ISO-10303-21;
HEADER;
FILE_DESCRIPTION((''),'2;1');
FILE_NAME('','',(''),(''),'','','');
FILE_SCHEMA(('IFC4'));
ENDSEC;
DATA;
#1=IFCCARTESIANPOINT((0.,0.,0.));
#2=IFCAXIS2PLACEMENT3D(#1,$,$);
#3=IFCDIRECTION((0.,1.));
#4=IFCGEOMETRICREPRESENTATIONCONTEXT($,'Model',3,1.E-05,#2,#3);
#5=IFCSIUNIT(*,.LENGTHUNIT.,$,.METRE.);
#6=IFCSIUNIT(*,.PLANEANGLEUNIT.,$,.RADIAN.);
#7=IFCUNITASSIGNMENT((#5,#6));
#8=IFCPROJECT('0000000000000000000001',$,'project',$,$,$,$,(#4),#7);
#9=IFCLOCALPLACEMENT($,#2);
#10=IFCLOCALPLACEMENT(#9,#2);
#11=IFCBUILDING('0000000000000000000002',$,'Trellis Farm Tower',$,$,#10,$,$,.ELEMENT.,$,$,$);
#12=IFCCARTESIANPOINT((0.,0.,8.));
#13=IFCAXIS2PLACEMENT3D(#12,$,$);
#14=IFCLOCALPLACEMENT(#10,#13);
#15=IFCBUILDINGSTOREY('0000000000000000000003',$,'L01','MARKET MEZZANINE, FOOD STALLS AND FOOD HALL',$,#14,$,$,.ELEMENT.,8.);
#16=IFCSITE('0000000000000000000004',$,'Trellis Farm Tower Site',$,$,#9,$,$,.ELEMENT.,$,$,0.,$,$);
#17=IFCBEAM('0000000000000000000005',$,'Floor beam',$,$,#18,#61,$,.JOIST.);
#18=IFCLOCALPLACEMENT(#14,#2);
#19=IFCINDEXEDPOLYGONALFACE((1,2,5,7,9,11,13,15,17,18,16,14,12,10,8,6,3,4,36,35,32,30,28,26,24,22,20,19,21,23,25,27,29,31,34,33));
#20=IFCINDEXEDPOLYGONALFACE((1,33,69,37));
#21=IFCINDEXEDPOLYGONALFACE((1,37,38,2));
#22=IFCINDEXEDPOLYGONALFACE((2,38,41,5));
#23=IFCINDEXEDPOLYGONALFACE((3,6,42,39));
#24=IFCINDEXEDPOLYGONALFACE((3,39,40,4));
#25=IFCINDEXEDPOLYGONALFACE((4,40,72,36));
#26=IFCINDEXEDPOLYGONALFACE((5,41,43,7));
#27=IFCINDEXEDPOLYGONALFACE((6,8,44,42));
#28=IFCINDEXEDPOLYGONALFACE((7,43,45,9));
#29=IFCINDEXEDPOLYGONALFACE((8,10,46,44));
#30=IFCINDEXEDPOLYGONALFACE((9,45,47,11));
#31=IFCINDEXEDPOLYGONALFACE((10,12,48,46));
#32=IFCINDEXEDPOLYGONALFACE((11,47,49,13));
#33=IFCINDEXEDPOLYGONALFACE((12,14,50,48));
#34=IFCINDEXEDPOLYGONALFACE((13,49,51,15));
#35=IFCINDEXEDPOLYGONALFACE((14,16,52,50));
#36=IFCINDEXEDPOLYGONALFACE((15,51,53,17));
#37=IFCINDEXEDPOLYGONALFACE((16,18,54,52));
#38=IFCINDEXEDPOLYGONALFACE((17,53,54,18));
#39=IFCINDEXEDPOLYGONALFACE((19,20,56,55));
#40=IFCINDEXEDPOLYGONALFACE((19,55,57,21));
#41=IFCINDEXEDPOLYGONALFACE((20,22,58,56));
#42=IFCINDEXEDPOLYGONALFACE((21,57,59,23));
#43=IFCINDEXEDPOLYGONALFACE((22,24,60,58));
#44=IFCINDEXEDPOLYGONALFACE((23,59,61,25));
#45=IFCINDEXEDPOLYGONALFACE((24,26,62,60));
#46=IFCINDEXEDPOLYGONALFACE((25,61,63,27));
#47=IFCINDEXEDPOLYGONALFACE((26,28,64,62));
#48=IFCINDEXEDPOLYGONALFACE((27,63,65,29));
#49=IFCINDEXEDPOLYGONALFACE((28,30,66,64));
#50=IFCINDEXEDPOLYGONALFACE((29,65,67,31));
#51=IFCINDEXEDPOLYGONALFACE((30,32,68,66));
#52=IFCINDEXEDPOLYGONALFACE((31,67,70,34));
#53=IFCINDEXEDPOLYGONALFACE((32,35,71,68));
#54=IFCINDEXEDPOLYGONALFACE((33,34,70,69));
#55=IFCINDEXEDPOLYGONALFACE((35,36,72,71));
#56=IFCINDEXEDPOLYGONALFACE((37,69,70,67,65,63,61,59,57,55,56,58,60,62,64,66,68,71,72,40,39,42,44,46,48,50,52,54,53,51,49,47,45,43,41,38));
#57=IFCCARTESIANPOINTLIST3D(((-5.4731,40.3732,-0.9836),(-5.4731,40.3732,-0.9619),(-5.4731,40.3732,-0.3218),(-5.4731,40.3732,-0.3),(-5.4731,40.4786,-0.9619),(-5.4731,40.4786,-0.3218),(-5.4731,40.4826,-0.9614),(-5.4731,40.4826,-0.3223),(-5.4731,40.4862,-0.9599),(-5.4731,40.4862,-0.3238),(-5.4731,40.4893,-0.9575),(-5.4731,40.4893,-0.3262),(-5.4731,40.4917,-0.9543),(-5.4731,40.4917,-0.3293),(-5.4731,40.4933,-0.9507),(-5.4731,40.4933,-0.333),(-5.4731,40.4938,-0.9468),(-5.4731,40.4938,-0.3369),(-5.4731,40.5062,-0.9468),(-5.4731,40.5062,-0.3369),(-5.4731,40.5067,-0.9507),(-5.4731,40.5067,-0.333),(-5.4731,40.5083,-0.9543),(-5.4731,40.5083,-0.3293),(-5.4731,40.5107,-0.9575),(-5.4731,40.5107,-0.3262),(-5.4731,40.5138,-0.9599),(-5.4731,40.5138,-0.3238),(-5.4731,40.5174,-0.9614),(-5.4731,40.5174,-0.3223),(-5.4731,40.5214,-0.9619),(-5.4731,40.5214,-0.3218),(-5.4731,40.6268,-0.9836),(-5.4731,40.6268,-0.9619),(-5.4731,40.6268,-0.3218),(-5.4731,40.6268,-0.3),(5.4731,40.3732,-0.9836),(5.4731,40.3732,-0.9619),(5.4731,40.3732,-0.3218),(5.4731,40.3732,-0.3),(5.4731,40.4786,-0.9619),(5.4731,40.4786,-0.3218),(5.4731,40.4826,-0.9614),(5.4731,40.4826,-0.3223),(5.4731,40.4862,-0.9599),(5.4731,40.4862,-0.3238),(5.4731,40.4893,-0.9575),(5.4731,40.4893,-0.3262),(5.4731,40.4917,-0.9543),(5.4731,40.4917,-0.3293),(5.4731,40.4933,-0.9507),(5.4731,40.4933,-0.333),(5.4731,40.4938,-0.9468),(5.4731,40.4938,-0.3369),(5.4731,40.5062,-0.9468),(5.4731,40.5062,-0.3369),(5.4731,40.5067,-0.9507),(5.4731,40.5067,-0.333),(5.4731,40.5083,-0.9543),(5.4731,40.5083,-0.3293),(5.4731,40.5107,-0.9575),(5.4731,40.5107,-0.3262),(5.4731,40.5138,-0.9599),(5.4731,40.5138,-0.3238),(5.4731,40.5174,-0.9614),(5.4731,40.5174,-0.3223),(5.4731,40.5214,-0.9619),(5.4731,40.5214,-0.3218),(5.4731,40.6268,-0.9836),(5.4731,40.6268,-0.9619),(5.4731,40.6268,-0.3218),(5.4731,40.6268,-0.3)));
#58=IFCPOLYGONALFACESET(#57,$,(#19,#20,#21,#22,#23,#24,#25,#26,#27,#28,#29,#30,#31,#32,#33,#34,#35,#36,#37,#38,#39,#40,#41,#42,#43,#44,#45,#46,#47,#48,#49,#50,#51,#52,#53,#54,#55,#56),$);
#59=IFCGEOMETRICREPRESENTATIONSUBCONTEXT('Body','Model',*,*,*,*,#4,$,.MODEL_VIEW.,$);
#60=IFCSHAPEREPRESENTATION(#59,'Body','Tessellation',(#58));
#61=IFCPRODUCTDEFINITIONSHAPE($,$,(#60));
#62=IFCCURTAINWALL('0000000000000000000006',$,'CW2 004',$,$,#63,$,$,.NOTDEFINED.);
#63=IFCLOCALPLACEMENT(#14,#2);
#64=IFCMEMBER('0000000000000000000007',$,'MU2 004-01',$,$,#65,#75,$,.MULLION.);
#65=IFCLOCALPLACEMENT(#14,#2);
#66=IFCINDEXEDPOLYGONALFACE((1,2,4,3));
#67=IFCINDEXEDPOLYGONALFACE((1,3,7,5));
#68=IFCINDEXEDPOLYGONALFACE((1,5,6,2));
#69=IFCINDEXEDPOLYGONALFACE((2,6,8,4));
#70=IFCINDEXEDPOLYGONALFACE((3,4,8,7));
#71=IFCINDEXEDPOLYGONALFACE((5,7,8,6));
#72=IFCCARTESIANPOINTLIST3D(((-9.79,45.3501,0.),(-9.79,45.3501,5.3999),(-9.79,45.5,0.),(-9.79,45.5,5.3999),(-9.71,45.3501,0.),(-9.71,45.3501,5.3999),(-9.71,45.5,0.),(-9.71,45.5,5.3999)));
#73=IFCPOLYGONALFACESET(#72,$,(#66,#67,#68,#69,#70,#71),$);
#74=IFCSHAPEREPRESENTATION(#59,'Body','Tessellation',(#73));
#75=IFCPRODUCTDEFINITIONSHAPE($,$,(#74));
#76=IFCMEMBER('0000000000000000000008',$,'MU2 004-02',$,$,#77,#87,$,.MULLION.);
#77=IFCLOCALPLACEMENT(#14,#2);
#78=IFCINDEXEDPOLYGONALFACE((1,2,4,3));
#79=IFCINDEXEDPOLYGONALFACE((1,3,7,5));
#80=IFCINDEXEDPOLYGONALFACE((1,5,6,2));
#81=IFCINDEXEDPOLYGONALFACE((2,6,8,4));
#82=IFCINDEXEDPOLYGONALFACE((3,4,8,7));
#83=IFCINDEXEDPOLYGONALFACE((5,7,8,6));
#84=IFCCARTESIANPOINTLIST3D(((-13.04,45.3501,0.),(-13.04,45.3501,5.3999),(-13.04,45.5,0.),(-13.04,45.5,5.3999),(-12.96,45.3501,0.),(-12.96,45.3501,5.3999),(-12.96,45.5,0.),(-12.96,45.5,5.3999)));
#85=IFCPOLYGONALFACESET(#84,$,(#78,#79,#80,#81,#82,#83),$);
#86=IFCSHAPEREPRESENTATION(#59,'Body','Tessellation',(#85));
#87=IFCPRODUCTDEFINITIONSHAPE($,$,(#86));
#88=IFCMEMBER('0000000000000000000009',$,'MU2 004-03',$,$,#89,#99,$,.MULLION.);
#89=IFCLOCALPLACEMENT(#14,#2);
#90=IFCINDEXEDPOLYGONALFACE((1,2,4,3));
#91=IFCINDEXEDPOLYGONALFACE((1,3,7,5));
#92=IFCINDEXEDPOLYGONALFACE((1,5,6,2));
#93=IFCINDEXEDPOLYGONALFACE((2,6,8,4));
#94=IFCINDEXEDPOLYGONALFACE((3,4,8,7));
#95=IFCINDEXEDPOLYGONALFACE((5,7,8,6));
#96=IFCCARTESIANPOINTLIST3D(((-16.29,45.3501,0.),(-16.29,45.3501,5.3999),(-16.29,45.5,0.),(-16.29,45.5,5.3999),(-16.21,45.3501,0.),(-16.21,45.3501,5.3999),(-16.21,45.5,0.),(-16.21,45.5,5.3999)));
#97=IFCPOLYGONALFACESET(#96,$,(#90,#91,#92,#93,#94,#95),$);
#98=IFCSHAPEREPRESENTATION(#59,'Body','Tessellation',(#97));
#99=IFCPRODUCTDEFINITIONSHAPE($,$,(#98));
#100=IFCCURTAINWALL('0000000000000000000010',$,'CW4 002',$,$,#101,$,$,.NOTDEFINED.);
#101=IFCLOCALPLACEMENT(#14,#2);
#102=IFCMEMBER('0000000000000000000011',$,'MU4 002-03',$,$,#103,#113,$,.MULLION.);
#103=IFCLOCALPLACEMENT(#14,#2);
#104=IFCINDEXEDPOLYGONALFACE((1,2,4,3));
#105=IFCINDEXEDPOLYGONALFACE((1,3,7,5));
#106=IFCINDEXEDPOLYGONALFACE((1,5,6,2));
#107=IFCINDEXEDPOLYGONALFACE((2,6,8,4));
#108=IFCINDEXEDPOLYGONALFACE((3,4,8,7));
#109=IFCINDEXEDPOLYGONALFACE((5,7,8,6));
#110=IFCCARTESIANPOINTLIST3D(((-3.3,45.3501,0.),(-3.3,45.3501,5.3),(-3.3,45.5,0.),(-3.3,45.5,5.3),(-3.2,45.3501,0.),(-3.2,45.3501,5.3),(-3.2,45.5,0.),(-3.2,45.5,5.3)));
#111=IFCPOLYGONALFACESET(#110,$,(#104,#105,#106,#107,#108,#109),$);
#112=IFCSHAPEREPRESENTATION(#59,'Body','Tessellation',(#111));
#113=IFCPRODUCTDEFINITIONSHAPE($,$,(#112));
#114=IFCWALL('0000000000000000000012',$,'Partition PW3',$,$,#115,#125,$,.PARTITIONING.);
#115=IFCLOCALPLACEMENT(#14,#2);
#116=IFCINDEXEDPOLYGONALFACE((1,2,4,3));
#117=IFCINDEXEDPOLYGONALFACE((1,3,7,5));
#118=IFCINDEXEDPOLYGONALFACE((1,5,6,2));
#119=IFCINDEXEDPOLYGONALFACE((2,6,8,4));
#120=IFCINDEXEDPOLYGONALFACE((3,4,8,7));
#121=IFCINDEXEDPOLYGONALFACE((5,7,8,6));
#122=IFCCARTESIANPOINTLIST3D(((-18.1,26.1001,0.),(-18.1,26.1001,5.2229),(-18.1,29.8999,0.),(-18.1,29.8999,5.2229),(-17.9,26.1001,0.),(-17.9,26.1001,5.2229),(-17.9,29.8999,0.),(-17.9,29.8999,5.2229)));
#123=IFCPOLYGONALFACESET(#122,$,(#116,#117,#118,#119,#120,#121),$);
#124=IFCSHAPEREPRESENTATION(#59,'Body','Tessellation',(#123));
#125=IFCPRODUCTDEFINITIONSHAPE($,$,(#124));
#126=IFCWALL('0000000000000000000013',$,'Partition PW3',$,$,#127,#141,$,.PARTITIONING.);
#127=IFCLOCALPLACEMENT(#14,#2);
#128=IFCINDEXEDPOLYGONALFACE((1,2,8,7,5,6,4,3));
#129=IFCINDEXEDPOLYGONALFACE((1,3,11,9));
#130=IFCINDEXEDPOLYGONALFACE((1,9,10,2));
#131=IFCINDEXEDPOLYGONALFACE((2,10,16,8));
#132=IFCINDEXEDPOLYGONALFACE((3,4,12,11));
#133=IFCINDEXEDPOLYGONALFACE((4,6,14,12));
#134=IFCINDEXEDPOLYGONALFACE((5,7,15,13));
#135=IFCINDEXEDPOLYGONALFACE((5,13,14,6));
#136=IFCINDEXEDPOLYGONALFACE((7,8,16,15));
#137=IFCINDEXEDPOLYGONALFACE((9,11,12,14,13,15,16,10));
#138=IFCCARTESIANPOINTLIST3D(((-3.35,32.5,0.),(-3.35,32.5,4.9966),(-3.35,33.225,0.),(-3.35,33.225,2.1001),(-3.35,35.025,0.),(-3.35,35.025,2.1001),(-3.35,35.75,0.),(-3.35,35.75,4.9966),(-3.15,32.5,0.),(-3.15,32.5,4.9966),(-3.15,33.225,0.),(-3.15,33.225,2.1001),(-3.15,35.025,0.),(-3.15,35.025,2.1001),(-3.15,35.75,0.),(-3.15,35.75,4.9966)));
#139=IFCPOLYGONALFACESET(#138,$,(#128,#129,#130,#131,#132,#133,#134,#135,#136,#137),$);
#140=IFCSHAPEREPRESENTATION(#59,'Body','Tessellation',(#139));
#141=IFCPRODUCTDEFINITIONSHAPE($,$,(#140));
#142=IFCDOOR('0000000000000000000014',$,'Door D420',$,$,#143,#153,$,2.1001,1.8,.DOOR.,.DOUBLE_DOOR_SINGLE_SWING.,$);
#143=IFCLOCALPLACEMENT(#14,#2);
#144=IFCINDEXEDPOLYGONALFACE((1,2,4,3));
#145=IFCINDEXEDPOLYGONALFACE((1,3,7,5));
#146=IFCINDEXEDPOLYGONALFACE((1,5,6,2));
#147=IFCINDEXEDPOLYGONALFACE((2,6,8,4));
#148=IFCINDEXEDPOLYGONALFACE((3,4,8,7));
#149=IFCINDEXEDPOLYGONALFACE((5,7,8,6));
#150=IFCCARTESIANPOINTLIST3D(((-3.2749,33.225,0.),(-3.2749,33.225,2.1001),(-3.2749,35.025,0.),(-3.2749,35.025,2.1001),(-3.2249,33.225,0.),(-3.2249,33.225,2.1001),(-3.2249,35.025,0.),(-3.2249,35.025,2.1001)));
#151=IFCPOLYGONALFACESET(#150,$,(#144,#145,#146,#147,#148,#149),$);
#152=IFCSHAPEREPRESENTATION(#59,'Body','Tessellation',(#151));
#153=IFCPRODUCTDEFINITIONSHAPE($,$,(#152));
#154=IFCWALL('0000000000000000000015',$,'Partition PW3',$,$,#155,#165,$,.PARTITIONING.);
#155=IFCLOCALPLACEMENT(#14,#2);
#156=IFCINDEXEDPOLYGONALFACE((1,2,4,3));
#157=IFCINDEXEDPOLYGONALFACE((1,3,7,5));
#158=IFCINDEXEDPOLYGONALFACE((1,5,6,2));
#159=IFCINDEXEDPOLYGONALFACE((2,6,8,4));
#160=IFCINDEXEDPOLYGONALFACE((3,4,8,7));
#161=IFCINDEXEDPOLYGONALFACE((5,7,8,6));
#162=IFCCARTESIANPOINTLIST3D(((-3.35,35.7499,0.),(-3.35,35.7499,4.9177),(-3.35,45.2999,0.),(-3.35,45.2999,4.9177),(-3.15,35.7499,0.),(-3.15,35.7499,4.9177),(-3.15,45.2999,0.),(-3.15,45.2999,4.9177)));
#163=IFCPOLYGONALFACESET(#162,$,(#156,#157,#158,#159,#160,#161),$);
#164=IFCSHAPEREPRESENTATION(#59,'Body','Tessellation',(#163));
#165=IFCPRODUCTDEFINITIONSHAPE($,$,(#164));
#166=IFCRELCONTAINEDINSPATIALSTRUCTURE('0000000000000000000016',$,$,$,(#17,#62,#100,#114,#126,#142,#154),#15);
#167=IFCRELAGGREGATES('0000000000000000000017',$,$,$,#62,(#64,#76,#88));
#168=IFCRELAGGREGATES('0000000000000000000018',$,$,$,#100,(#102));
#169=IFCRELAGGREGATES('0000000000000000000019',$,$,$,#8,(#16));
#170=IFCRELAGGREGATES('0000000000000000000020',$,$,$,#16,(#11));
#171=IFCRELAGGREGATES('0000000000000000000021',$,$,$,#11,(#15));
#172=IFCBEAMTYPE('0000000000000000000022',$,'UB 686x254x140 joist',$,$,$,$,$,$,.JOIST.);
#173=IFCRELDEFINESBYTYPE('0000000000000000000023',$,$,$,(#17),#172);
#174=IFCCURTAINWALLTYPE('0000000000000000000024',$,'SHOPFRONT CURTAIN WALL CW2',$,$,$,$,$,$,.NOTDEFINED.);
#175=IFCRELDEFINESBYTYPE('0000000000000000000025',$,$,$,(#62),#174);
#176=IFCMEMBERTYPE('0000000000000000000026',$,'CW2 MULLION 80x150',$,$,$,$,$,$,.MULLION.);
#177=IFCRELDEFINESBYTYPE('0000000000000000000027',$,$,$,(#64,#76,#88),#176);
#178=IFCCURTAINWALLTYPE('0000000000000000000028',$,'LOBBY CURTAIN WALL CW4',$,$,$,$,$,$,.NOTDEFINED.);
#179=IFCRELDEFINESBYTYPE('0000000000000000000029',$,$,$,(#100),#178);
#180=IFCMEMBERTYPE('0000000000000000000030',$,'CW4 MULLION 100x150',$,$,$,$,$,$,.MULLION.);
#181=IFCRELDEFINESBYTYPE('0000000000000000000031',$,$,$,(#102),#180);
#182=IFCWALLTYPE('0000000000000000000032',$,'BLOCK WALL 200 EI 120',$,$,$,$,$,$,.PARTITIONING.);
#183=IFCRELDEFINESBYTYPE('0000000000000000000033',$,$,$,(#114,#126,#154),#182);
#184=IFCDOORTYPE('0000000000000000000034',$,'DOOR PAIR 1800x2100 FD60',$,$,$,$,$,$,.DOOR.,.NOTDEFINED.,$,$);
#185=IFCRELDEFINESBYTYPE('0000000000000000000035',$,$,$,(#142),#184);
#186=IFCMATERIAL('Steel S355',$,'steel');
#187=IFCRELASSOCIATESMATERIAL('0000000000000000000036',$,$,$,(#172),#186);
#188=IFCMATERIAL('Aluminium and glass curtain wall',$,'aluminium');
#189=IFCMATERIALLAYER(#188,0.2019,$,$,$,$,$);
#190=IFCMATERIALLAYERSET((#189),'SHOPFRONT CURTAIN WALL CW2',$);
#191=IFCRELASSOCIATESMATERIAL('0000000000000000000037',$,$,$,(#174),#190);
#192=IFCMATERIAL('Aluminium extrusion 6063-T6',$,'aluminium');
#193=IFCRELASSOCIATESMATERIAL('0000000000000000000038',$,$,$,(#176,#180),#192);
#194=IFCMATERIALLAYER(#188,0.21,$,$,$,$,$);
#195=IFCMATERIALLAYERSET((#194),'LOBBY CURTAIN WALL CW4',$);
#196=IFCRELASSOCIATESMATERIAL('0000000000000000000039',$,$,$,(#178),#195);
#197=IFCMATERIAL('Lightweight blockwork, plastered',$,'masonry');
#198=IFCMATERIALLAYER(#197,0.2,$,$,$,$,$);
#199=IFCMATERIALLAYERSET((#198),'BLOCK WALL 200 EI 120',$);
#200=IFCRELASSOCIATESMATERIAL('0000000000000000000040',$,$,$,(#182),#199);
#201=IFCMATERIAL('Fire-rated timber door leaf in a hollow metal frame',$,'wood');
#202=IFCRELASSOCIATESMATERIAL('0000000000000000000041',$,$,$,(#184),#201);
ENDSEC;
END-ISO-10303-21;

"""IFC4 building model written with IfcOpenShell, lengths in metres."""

from ifc_helpers import new_model, si_unit, direction, frame, frame_2d, origin, origin_2d, place, context, subcontext, project, spatial, rectangle, i_section, extrude, source, transform, mapped, material, layer, layer_set, material_profile, profile_set, type_object, element, fill, aggregate, save


model = new_model("IFC4")

# Units and contexts
model_context = context("Model", 3, precision=1e-05, world=origin(), true_north=direction((0.0, 1.0)))
body_context = subcontext(model_context, "Body", "Model", "MODEL_VIEW")
ifc_project = project(units=[si_unit("LENGTHUNIT", "METRE"), si_unit("PLANEANGLEUNIT", "RADIAN")], contexts=[model_context])

# Site, building, storey
site_placement = place(None, origin())
site = spatial("IfcSite", under=ifc_project, at=site_placement, Name="Trellis Farm Tower Site", CompositionType="ELEMENT", RefElevation=0.0)
building_placement = place(site_placement, origin())
building = spatial("IfcBuilding", under=site, at=building_placement, Name="Trellis Farm Tower", CompositionType="ELEMENT")
storey_placement = place(building_placement, frame((0.0, 0.0, 8.0)))
storey = spatial("IfcBuildingStorey", under=building, at=storey_placement, Name="L01", Description="MARKET MEZZANINE, FOOD STALLS AND FOOD HALL", CompositionType="ELEMENT", Elevation=8.0)

# Beam
ifc_material_1 = material(Name="Steel S355", Category="steel")
ifc_material_profile_1 = material_profile(ifc_material_1, i_section(OverallWidth=0.2537, OverallDepth=0.6836, WebThickness=0.0125, FlangeThickness=0.0217, FilletRadius=0.0151, at=origin_2d()), Name="UB 686x254x140")
ifc_profile_set_1 = profile_set([ifc_material_profile_1], Name="Steel S355")
beam_type_1 = type_object("IfcBeamType", Name="UB 686x254x140 joist", PredefinedType="JOIST", material=ifc_profile_set_1)
shared_shape_1 = source(origin(), body_context, "Body", "SweptSolid", [
    extrude(i_section(OverallWidth=0.2537, OverallDepth=0.6836, WebThickness=0.0125, FlangeThickness=0.0217, FilletRadius=0.0151, at=origin_2d()), origin(), (0.0, 0.0, 1.0), 10.9463),
])
for number, where, z_axis, x_axis, name in (
    (1, (-5.4731, 40.5, -0.6418), (1.0, 0.0, 0.0), (0.0, 1.0, 0.0), "Floor beam"),
):
    element("IfcBeam", number, at=place(storey_placement, frame(where, z_axis=z_axis, x_axis=x_axis)), inside=storey, type_object=beam_type_1, Name=name, PredefinedType="JOIST", context=body_context, shape_type="MappedRepresentation", body=[
        mapped(shared_shape_1, transform((0.0, 0.0, 0.0))),
    ])

# Curtain wall, members
ifc_material_2 = material(Name="Aluminium and glass curtain wall", Category="aluminium")
ifc_layer_1 = layer(ifc_material_2, 0.2019)
ifc_layer_set_1 = layer_set([ifc_layer_1], Name="SHOPFRONT CURTAIN WALL CW2")
curtain_wall_type_1 = type_object("IfcCurtainWallType", Name="SHOPFRONT CURTAIN WALL CW2", PredefinedType="NOTDEFINED", material=ifc_layer_set_1)
placement = place(storey_placement, origin())
curtain_wall_1 = element("IfcCurtainWall", 2, at=placement, inside=storey, type_object=curtain_wall_type_1, Name="CW2 004", PredefinedType="NOTDEFINED")
ifc_material_3 = material(Name="Aluminium extrusion 6063-T6", Category="aluminium")
ifc_material_profile_2 = material_profile(ifc_material_3, rectangle(XDim=0.0801, YDim=0.1499, at=origin_2d()), Name="MULLION 80x150")
ifc_profile_set_2 = profile_set([ifc_material_profile_2], Name="Aluminium extrusion 6063-T6")
member_type_1 = type_object("IfcMemberType", Name="CW2 MULLION 80x150", PredefinedType="MULLION", material=ifc_profile_set_2)
shared_shape_2 = source(origin(), body_context, "Body", "SweptSolid", [
    extrude(rectangle(XDim=0.0801, YDim=0.1499, at=origin_2d()), origin(), (0.0, 0.0, 1.0), 5.3999),
])
member_1_placement = place(storey_placement, frame((-9.75, 45.425, 0.0), z_axis=(0.0, 0.0, 1.0), x_axis=(-1.0, 0.0, 0.0)))
member_1 = element("IfcMember", 3, at=member_1_placement, type_object=member_type_1, Name="MU2 004-01", PredefinedType="MULLION", context=body_context, shape_type="MappedRepresentation", body=[
    mapped(shared_shape_2, transform((0.0, 0.0, 0.0))),
])
member_2_placement = place(storey_placement, frame((-13.0, 45.425, 0.0), z_axis=(0.0, 0.0, 1.0), x_axis=(-1.0, 0.0, 0.0)))
member_2 = element("IfcMember", 4, at=member_2_placement, type_object=member_type_1, Name="MU2 004-02", PredefinedType="MULLION", context=body_context, shape_type="MappedRepresentation", body=[
    mapped(shared_shape_2, transform((0.0, 0.0, 0.0))),
])
member_3_placement = place(storey_placement, frame((-16.25, 45.425, 0.0), z_axis=(0.0, 0.0, 1.0), x_axis=(-1.0, 0.0, 0.0)))
member_3 = element("IfcMember", 5, at=member_3_placement, type_object=member_type_1, Name="MU2 004-03", PredefinedType="MULLION", context=body_context, shape_type="MappedRepresentation", body=[
    mapped(shared_shape_2, transform((0.0, 0.0, 0.0))),
])
aggregate(curtain_wall_1, [member_1, member_2, member_3])

# Curtain wall, member
ifc_layer_2 = layer(ifc_material_2, 0.21)
ifc_layer_set_2 = layer_set([ifc_layer_2], Name="LOBBY CURTAIN WALL CW4")
curtain_wall_type_2 = type_object("IfcCurtainWallType", Name="LOBBY CURTAIN WALL CW4", PredefinedType="NOTDEFINED", material=ifc_layer_set_2)
curtain_wall_2 = element("IfcCurtainWall", 6, at=placement, inside=storey, type_object=curtain_wall_type_2, Name="CW4 002", PredefinedType="NOTDEFINED")
ifc_material_profile_3 = material_profile(ifc_material_3, rectangle(XDim=0.1001, YDim=0.1499, at=origin_2d()), Name="MULLION 100x150")
ifc_profile_set_3 = profile_set([ifc_material_profile_3], Name="Aluminium extrusion 6063-T6")
member_type_2 = type_object("IfcMemberType", Name="CW4 MULLION 100x150", PredefinedType="MULLION", material=ifc_profile_set_3)
shared_shape_3 = source(origin(), body_context, "Body", "SweptSolid", [
    extrude(rectangle(XDim=0.1001, YDim=0.1499, at=origin_2d()), origin(), (0.0, 0.0, 1.0), 5.3),
])
member_4_placement = place(storey_placement, frame((-3.25, 45.425, 0.0), z_axis=(0.0, 0.0, 1.0), x_axis=(-1.0, 0.0, 0.0)))
member_4 = element("IfcMember", 7, at=member_4_placement, type_object=member_type_2, Name="MU4 002-03", PredefinedType="MULLION", context=body_context, shape_type="MappedRepresentation", body=[
    mapped(shared_shape_3, transform((0.0, 0.0, 0.0))),
])
aggregate(curtain_wall_2, [member_4])

# Wall
ifc_material_4 = material(Name="Lightweight blockwork, plastered", Category="masonry")
ifc_layer_3 = layer(ifc_material_4, 0.2)
ifc_layer_set_3 = layer_set([ifc_layer_3], Name="BLOCK WALL 200 EI 120")
wall_type = type_object("IfcWallType", Name="BLOCK WALL 200 EI 120", PredefinedType="PARTITIONING", material=ifc_layer_set_3)
shared_shape_4 = source(origin(), body_context, "Body", "SweptSolid", [
    extrude(rectangle(XDim=3.7998, YDim=0.2, at=frame_2d((1.8999, 0.0))), origin(), (0.0, 0.0, 1.0), 5.2229),
])
wall_1_placement = place(storey_placement, frame((-18.0, 29.8999, 0.0), z_axis=(0.0, 0.0, 1.0), x_axis=(0.0, -1.0, 0.0)))
element("IfcWall", 8, at=wall_1_placement, inside=storey, type_object=wall_type, Name="Partition PW3", PredefinedType="PARTITIONING", context=body_context, shape_type="MappedRepresentation", body=[
    mapped(shared_shape_4, transform((0.0, 0.0, 0.0))),
])

# Wall, opening, door
shared_shape_5 = source(origin(), body_context, "Body", "SweptSolid", [
    extrude(rectangle(XDim=3.25, YDim=0.2, at=frame_2d((1.625, 0.0))), origin(), (0.0, 0.0, 1.0), 4.9966),
])
wall_2_placement = place(storey_placement, frame((-3.25, 32.5, 0.0), z_axis=(0.0, 0.0, 1.0), x_axis=(0.0, 1.0, 0.0)))
wall_2 = element("IfcWall", 9, at=wall_2_placement, inside=storey, type_object=wall_type, Name="Partition PW3", PredefinedType="PARTITIONING", context=body_context, shape_type="MappedRepresentation", body=[
    mapped(shared_shape_5, transform((0.0, 0.0, 0.0))),
])
shared_shape_6 = source(origin(), body_context, "Body", "SweptSolid", [
    extrude(rectangle(XDim=1.8, YDim=2.1001, at=frame_2d((0.8999, 1.05))), frame((0.0, 0.1101, 0.0), z_axis=(0.0, -1.0, 0.0), x_axis=(1.0, 0.0, 0.0)), (0.0, 0.0, 1.0), 0.2202),
])
opening_1_placement = place(wall_2_placement, frame((0.7251, 0.0, 0.0)))
opening_1 = element("IfcOpeningElement", 10, at=opening_1_placement, cuts=wall_2, PredefinedType="OPENING", context=body_context, shape_type="MappedRepresentation", body=[
    mapped(shared_shape_6, transform((0.0, 0.0, 0.0))),
])
ifc_material_5 = material(Name="Fire-rated timber door leaf in a hollow metal frame", Category="wood")
door_type = type_object("IfcDoorType", Name="DOOR PAIR 1800x2100 FD60", OperationType="NOTDEFINED", PredefinedType="DOOR", material=ifc_material_5)
shared_shape_7 = source(origin(), body_context, "Body", "SweptSolid", [
    extrude(rectangle(XDim=1.8, YDim=2.1001, at=frame_2d((0.8999, 1.05))), frame((0.0, 0.0249, 0.0), z_axis=(0.0, -1.0, 0.0), x_axis=(1.0, 0.0, 0.0)), (0.0, 0.0, 1.0), 0.05),
])
door_1_placement = place(opening_1_placement, origin())
door_1 = element("IfcDoor", 11, at=door_1_placement, inside=storey, type_object=door_type, Name="Door D420", OperationType="DOUBLE_DOOR_SINGLE_SWING", OverallHeight=2.1001, OverallWidth=1.8, PredefinedType="DOOR", context=body_context, shape_type="MappedRepresentation", body=[
    mapped(shared_shape_7, transform((0.0, 0.0, 0.0))),
])
fill(opening_1, door_1)

# Wall
shared_shape_8 = source(origin(), body_context, "Body", "SweptSolid", [
    extrude(rectangle(XDim=9.55, YDim=0.2, at=frame_2d((4.7749, 0.0))), origin(), (0.0, 0.0, 1.0), 4.9177),
])
wall_3_placement = place(storey_placement, frame((-3.25, 35.75, 0.0), z_axis=(0.0, 0.0, 1.0), x_axis=(0.0, 1.0, 0.0)))
element("IfcWall", 12, at=wall_3_placement, inside=storey, type_object=wall_type, Name="Partition PW3", PredefinedType="PARTITIONING", context=body_context, shape_type="MappedRepresentation", body=[
    mapped(shared_shape_8, transform((0.0, 0.0, 0.0))),
])

save(model, "model.ifc")
